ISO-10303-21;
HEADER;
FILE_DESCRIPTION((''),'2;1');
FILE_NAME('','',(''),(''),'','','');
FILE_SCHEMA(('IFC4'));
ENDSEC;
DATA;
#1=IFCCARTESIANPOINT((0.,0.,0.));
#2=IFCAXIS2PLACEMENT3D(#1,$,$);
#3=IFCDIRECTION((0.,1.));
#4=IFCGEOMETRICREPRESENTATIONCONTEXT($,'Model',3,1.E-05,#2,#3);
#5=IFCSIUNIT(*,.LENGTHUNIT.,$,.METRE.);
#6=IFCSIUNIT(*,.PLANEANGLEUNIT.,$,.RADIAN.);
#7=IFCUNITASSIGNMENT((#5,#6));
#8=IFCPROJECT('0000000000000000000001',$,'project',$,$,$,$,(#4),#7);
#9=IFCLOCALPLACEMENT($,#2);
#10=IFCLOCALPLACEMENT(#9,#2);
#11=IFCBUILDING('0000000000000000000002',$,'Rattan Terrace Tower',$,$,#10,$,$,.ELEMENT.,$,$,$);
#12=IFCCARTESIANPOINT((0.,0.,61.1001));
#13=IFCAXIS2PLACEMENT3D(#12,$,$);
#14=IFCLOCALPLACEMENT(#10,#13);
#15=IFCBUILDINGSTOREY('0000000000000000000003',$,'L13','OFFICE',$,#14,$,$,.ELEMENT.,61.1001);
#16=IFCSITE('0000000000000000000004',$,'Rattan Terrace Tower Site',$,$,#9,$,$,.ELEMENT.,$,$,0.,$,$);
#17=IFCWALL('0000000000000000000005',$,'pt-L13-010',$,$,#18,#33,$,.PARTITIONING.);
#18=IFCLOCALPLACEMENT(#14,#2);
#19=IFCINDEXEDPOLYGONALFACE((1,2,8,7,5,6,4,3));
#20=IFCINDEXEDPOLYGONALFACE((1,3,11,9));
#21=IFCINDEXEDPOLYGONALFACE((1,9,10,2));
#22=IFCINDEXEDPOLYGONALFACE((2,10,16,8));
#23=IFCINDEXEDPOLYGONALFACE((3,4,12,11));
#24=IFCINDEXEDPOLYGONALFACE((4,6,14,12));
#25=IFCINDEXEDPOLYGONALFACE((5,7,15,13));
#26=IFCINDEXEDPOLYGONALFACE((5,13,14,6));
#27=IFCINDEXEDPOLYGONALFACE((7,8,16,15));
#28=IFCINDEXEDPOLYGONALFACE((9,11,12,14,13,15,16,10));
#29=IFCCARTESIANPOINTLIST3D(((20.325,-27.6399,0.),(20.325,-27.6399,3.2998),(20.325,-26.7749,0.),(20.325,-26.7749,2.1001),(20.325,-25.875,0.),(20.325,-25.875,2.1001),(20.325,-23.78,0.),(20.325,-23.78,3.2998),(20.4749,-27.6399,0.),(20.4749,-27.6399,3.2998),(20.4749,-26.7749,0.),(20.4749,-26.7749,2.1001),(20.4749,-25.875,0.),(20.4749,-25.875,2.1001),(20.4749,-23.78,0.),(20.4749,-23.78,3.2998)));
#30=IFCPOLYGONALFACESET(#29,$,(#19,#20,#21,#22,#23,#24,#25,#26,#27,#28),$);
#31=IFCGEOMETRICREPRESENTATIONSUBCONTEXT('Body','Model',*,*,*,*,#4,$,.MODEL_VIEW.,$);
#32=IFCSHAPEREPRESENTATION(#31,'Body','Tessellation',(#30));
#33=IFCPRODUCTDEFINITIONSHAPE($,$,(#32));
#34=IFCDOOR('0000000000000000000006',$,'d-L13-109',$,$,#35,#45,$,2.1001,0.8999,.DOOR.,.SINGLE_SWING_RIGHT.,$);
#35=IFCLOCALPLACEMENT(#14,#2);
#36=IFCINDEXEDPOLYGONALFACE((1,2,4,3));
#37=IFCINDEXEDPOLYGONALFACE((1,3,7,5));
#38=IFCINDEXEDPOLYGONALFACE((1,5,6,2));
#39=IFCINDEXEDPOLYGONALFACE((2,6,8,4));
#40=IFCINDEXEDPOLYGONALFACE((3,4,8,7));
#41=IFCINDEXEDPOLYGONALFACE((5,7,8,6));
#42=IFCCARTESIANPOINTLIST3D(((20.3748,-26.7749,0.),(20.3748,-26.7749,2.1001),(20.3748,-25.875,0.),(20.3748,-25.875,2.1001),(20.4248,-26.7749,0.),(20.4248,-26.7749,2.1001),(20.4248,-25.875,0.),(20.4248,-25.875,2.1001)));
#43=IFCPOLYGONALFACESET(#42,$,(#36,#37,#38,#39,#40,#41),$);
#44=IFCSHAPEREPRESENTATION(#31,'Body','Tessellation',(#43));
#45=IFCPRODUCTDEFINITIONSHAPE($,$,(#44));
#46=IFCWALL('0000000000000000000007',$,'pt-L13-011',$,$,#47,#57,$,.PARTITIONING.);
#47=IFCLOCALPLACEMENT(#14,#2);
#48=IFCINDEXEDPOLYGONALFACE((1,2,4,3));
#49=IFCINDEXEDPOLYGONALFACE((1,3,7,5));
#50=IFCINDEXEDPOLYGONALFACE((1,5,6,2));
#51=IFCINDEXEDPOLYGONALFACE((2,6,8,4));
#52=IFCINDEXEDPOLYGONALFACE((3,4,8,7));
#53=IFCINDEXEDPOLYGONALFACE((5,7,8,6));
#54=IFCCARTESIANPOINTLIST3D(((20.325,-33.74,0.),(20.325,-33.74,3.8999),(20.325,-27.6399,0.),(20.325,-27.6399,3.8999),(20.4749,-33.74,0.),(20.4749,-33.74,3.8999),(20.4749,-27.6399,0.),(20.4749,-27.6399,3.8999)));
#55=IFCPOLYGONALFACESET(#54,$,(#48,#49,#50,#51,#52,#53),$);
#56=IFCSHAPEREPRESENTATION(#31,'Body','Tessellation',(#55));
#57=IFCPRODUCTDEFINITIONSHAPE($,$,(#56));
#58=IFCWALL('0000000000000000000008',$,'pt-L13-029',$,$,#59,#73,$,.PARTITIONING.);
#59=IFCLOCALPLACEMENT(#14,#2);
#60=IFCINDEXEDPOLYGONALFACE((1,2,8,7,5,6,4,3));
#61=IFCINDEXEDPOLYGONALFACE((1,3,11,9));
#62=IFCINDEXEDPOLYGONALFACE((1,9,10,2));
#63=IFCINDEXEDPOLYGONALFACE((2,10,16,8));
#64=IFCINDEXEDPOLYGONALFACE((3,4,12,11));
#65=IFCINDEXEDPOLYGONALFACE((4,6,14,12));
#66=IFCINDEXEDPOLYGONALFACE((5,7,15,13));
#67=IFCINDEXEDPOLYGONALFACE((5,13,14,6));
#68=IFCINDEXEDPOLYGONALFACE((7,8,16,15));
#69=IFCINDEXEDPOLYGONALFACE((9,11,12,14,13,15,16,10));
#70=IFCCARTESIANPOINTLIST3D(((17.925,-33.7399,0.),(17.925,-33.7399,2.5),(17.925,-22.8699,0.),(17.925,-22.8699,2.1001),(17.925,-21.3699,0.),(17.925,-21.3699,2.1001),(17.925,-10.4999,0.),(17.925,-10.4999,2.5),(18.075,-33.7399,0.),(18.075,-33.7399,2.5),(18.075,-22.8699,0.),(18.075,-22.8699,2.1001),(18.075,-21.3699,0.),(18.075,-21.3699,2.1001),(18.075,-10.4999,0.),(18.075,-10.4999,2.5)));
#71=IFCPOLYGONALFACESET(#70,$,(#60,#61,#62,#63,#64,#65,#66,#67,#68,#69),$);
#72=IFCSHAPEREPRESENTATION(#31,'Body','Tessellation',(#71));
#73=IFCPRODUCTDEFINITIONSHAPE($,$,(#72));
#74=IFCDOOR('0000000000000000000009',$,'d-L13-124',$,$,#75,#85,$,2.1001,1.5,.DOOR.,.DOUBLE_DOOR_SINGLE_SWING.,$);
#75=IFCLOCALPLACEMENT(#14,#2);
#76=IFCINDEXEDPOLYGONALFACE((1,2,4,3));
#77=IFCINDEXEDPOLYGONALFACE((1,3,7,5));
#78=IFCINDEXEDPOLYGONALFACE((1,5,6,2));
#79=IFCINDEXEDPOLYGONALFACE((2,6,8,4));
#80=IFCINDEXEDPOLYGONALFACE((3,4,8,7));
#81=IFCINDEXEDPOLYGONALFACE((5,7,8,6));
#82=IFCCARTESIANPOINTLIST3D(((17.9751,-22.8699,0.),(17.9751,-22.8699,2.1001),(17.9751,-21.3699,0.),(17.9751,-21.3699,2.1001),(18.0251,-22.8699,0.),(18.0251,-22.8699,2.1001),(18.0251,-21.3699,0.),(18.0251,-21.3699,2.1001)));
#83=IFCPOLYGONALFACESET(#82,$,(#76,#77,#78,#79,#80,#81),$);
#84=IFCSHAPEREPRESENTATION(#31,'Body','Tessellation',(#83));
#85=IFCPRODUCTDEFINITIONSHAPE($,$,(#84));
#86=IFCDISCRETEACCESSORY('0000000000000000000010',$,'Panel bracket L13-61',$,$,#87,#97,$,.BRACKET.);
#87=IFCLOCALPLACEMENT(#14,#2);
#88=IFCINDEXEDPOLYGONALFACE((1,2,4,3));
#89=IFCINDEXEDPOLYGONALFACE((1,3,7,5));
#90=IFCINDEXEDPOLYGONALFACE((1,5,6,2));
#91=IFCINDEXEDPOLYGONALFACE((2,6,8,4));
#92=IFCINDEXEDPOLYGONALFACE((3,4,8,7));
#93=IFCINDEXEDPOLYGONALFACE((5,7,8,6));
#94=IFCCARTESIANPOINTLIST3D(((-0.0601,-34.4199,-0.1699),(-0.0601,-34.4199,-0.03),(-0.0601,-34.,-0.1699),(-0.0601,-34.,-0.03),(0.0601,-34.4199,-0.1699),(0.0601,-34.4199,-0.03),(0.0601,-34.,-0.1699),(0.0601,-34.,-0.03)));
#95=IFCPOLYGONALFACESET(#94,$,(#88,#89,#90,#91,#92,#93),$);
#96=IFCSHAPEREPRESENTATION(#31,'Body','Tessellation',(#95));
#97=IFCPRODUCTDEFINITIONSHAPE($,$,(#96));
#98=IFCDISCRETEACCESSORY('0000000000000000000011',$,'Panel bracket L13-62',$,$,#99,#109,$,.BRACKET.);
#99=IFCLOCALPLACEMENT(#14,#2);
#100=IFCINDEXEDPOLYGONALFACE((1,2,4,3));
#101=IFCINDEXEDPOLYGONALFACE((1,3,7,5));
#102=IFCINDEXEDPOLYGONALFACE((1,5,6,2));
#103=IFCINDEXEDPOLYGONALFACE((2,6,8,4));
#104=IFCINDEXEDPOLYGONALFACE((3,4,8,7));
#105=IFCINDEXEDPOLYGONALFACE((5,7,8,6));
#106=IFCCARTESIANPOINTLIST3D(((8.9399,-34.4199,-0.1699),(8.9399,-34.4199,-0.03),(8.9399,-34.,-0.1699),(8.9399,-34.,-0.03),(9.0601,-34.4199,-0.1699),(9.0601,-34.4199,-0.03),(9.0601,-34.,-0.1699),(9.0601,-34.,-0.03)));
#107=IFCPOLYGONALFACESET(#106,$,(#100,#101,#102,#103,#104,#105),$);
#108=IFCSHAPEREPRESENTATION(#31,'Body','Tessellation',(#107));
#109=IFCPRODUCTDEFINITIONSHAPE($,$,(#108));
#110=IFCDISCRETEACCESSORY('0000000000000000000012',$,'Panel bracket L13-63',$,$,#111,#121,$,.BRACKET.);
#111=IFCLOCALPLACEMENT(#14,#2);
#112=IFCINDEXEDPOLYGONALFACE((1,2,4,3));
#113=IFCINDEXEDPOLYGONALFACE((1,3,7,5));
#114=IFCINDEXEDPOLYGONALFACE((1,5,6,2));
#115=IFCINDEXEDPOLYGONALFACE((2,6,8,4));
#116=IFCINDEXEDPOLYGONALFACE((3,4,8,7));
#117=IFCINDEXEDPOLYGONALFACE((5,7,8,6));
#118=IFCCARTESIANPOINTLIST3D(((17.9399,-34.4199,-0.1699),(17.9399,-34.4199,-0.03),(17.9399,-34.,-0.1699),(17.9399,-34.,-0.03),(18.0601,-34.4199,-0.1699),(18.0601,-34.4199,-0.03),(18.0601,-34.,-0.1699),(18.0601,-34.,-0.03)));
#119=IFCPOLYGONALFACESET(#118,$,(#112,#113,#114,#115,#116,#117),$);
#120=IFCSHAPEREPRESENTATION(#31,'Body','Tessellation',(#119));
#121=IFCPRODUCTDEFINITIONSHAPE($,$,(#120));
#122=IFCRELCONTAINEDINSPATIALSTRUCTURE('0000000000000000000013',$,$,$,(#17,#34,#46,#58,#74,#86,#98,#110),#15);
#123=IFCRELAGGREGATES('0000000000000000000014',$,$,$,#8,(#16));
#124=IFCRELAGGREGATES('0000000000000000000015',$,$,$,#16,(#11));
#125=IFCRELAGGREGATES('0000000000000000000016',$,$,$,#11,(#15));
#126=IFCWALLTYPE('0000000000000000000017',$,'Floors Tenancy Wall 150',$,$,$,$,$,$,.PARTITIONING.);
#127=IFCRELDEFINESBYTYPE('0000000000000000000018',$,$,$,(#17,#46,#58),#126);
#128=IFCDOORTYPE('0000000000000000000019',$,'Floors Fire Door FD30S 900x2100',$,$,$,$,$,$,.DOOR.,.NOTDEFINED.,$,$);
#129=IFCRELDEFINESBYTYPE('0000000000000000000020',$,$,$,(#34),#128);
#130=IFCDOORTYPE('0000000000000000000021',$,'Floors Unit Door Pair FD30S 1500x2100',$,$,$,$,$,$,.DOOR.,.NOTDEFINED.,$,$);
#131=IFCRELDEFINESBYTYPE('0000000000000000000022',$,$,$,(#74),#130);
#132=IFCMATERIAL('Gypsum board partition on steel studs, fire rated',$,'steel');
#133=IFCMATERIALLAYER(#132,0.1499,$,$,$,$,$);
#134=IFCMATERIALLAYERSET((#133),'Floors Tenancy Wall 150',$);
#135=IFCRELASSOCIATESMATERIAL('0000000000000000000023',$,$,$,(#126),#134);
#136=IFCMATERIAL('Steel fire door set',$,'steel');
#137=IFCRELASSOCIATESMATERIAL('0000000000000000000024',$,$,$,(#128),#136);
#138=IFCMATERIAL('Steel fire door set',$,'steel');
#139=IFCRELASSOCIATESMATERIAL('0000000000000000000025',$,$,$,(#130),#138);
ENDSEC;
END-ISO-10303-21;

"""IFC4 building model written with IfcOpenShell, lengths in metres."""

from ifc_helpers import new_model, si_unit, direction, frame, frame_2d, origin, origin_2d, place, context, subcontext, project, spatial, rectangle, extrude, material, layer, layer_set, type_object, element, fill, save


model = new_model("IFC4")

# Units and contexts
model_context = context("Model", 3, precision=1e-05, world=origin(), true_north=direction((0.0, 1.0)))
body_context = subcontext(model_context, "Body", "Model", "MODEL_VIEW")
ifc_project = project(units=[si_unit("LENGTHUNIT", "METRE"), si_unit("PLANEANGLEUNIT", "RADIAN")], contexts=[model_context])

# Site, building, storey
site_placement = place(None, origin())
site = spatial("IfcSite", under=ifc_project, at=site_placement, Name="Rattan Terrace Tower Site", CompositionType="ELEMENT", RefElevation=0.0)
building_placement = place(site_placement, origin())
building = spatial("IfcBuilding", under=site, at=building_placement, Name="Rattan Terrace Tower", CompositionType="ELEMENT")
storey_placement = place(building_placement, frame((0.0, 0.0, 61.1001)))
storey = spatial("IfcBuildingStorey", under=building, at=storey_placement, Name="L13", Description="OFFICE", CompositionType="ELEMENT", Elevation=61.1001)

# Wall, opening, door
ifc_material_1 = material(Name="Gypsum board partition on steel studs, fire rated", Category="steel")
ifc_layer_1 = layer(ifc_material_1, 0.1499)
ifc_layer_set_1 = layer_set([ifc_layer_1], Name="Floors Tenancy Wall 150")
wall_type = type_object("IfcWallType", Name="Floors Tenancy Wall 150", PredefinedType="PARTITIONING", material=ifc_layer_set_1)
wall_1_placement = place(storey_placement, frame((20.3999, -23.78, 0.0), z_axis=(0.0, 0.0, 1.0), x_axis=(0.0, -1.0, 0.0)))
wall_1 = element("IfcWall", 1, at=wall_1_placement, inside=storey, type_object=wall_type, Name="pt-L13-010", PredefinedType="PARTITIONING", context=body_context, shape_type="SweptSolid", body=[
    extrude(rectangle(XDim=3.8599, YDim=0.1499, at=frame_2d((1.9299, 0.0))), origin(), (0.0, 0.0, 1.0), 3.2998),
])
opening_1_placement = place(wall_1_placement, frame((2.095, 0.0, 0.0)))
opening_1 = element("IfcOpeningElement", 2, at=opening_1_placement, cuts=wall_1, PredefinedType="OPENING", context=body_context, shape_type="SweptSolid", body=[
    extrude(rectangle(XDim=0.8999, YDim=2.1001, at=frame_2d((0.45, 1.05))), frame((0.0, 0.0854, 0.0), z_axis=(0.0, -1.0, 0.0), x_axis=(1.0, 0.0, 0.0)), (0.0, 0.0, 1.0), 0.1709),
])
ifc_material_2 = material(Name="Steel fire door set", Category="steel")
door_type_1 = type_object("IfcDoorType", Name="Floors Fire Door FD30S 900x2100", OperationType="NOTDEFINED", PredefinedType="DOOR", material=ifc_material_2)
door_1_placement = place(opening_1_placement, origin())
door_1 = element("IfcDoor", 3, at=door_1_placement, inside=storey, type_object=door_type_1, Name="d-L13-109", OperationType="SINGLE_SWING_RIGHT", OverallHeight=2.1001, OverallWidth=0.8999, PredefinedType="DOOR", context=body_context, shape_type="SweptSolid", body=[
    extrude(rectangle(XDim=0.8999, YDim=2.1001, at=frame_2d((0.45, 1.05))), frame((0.0, 0.0249, 0.0), z_axis=(0.0, -1.0, 0.0), x_axis=(1.0, 0.0, 0.0)), (0.0, 0.0, 1.0), 0.05),
])
fill(opening_1, door_1)

# Wall
wall_2_placement = place(storey_placement, frame((20.3999, -27.6399, 0.0), z_axis=(0.0, 0.0, 1.0), x_axis=(0.0, -1.0, 0.0)))
element("IfcWall", 4, at=wall_2_placement, inside=storey, type_object=wall_type, Name="pt-L13-011", PredefinedType="PARTITIONING", context=body_context, shape_type="SweptSolid", body=[
    extrude(rectangle(XDim=6.1001, YDim=0.1499, at=frame_2d((3.05, 0.0))), origin(), (0.0, 0.0, 1.0), 3.8999),
])

# Wall, opening, door
wall_3_placement = place(storey_placement, frame((18.0, -33.74, 0.0), z_axis=(0.0, 0.0, 1.0), x_axis=(0.0, 1.0, 0.0)))
wall_3 = element("IfcWall", 5, at=wall_3_placement, inside=storey, type_object=wall_type, Name="pt-L13-029", PredefinedType="PARTITIONING", context=body_context, shape_type="SweptSolid", body=[
    extrude(rectangle(XDim=23.24, YDim=0.1499, at=frame_2d((11.6201, 0.0))), origin(), (0.0, 0.0, 1.0), 2.5),
])
opening_2_placement = place(wall_3_placement, frame((10.8701, 0.0, 0.0)))
opening_2 = element("IfcOpeningElement", 6, at=opening_2_placement, cuts=wall_3, PredefinedType="OPENING", context=body_context, shape_type="SweptSolid", body=[
    extrude(rectangle(XDim=1.5, YDim=2.1001, at=frame_2d((0.75, 1.05))), frame((0.0, 0.0854, 0.0), z_axis=(0.0, -1.0, 0.0), x_axis=(1.0, 0.0, 0.0)), (0.0, 0.0, 1.0), 0.1709),
])
ifc_material_3 = material(Name="Steel fire door set", Category="steel")
door_type_2 = type_object("IfcDoorType", Name="Floors Unit Door Pair FD30S 1500x2100", OperationType="NOTDEFINED", PredefinedType="DOOR", material=ifc_material_3)
door_2_placement = place(opening_2_placement, origin())
door_2 = element("IfcDoor", 7, at=door_2_placement, inside=storey, type_object=door_type_2, Name="d-L13-124", OperationType="DOUBLE_DOOR_SINGLE_SWING", OverallHeight=2.1001, OverallWidth=1.5, PredefinedType="DOOR", context=body_context, shape_type="SweptSolid", body=[
    extrude(rectangle(XDim=1.5, YDim=2.1001, at=frame_2d((0.75, 1.05))), frame((0.0, 0.0249, 0.0), z_axis=(0.0, -1.0, 0.0), x_axis=(1.0, 0.0, 0.0)), (0.0, 0.0, 1.0), 0.05),
])
fill(opening_2, door_2)

# Discrete accessories
for number, where, z_axis, x_axis, name in (
    (8, (0.0, -34.21, -0.1699), (0.0, 0.0, 1.0), (1.0, 0.0, 0.0), "Panel bracket L13-61"),
    (9, (9.0, -34.21, -0.1699), (0.0, 0.0, 1.0), (1.0, 0.0, 0.0), "Panel bracket L13-62"),
    (10, (18.0, -34.21, -0.1699), (0.0, 0.0, 1.0), (1.0, 0.0, 0.0), "Panel bracket L13-63"),
):
    element("IfcDiscreteAccessory", number, at=place(storey_placement, frame(where, z_axis=z_axis, x_axis=x_axis)), inside=storey, Name=name, PredefinedType="BRACKET", context=body_context, shape_type="SweptSolid", body=[
        extrude(rectangle(XDim=0.1201, YDim=0.4199, at=origin_2d()), origin(), (0.0, 0.0, 1.0), 0.1399),
    ])

save(model, "model.ifc")
